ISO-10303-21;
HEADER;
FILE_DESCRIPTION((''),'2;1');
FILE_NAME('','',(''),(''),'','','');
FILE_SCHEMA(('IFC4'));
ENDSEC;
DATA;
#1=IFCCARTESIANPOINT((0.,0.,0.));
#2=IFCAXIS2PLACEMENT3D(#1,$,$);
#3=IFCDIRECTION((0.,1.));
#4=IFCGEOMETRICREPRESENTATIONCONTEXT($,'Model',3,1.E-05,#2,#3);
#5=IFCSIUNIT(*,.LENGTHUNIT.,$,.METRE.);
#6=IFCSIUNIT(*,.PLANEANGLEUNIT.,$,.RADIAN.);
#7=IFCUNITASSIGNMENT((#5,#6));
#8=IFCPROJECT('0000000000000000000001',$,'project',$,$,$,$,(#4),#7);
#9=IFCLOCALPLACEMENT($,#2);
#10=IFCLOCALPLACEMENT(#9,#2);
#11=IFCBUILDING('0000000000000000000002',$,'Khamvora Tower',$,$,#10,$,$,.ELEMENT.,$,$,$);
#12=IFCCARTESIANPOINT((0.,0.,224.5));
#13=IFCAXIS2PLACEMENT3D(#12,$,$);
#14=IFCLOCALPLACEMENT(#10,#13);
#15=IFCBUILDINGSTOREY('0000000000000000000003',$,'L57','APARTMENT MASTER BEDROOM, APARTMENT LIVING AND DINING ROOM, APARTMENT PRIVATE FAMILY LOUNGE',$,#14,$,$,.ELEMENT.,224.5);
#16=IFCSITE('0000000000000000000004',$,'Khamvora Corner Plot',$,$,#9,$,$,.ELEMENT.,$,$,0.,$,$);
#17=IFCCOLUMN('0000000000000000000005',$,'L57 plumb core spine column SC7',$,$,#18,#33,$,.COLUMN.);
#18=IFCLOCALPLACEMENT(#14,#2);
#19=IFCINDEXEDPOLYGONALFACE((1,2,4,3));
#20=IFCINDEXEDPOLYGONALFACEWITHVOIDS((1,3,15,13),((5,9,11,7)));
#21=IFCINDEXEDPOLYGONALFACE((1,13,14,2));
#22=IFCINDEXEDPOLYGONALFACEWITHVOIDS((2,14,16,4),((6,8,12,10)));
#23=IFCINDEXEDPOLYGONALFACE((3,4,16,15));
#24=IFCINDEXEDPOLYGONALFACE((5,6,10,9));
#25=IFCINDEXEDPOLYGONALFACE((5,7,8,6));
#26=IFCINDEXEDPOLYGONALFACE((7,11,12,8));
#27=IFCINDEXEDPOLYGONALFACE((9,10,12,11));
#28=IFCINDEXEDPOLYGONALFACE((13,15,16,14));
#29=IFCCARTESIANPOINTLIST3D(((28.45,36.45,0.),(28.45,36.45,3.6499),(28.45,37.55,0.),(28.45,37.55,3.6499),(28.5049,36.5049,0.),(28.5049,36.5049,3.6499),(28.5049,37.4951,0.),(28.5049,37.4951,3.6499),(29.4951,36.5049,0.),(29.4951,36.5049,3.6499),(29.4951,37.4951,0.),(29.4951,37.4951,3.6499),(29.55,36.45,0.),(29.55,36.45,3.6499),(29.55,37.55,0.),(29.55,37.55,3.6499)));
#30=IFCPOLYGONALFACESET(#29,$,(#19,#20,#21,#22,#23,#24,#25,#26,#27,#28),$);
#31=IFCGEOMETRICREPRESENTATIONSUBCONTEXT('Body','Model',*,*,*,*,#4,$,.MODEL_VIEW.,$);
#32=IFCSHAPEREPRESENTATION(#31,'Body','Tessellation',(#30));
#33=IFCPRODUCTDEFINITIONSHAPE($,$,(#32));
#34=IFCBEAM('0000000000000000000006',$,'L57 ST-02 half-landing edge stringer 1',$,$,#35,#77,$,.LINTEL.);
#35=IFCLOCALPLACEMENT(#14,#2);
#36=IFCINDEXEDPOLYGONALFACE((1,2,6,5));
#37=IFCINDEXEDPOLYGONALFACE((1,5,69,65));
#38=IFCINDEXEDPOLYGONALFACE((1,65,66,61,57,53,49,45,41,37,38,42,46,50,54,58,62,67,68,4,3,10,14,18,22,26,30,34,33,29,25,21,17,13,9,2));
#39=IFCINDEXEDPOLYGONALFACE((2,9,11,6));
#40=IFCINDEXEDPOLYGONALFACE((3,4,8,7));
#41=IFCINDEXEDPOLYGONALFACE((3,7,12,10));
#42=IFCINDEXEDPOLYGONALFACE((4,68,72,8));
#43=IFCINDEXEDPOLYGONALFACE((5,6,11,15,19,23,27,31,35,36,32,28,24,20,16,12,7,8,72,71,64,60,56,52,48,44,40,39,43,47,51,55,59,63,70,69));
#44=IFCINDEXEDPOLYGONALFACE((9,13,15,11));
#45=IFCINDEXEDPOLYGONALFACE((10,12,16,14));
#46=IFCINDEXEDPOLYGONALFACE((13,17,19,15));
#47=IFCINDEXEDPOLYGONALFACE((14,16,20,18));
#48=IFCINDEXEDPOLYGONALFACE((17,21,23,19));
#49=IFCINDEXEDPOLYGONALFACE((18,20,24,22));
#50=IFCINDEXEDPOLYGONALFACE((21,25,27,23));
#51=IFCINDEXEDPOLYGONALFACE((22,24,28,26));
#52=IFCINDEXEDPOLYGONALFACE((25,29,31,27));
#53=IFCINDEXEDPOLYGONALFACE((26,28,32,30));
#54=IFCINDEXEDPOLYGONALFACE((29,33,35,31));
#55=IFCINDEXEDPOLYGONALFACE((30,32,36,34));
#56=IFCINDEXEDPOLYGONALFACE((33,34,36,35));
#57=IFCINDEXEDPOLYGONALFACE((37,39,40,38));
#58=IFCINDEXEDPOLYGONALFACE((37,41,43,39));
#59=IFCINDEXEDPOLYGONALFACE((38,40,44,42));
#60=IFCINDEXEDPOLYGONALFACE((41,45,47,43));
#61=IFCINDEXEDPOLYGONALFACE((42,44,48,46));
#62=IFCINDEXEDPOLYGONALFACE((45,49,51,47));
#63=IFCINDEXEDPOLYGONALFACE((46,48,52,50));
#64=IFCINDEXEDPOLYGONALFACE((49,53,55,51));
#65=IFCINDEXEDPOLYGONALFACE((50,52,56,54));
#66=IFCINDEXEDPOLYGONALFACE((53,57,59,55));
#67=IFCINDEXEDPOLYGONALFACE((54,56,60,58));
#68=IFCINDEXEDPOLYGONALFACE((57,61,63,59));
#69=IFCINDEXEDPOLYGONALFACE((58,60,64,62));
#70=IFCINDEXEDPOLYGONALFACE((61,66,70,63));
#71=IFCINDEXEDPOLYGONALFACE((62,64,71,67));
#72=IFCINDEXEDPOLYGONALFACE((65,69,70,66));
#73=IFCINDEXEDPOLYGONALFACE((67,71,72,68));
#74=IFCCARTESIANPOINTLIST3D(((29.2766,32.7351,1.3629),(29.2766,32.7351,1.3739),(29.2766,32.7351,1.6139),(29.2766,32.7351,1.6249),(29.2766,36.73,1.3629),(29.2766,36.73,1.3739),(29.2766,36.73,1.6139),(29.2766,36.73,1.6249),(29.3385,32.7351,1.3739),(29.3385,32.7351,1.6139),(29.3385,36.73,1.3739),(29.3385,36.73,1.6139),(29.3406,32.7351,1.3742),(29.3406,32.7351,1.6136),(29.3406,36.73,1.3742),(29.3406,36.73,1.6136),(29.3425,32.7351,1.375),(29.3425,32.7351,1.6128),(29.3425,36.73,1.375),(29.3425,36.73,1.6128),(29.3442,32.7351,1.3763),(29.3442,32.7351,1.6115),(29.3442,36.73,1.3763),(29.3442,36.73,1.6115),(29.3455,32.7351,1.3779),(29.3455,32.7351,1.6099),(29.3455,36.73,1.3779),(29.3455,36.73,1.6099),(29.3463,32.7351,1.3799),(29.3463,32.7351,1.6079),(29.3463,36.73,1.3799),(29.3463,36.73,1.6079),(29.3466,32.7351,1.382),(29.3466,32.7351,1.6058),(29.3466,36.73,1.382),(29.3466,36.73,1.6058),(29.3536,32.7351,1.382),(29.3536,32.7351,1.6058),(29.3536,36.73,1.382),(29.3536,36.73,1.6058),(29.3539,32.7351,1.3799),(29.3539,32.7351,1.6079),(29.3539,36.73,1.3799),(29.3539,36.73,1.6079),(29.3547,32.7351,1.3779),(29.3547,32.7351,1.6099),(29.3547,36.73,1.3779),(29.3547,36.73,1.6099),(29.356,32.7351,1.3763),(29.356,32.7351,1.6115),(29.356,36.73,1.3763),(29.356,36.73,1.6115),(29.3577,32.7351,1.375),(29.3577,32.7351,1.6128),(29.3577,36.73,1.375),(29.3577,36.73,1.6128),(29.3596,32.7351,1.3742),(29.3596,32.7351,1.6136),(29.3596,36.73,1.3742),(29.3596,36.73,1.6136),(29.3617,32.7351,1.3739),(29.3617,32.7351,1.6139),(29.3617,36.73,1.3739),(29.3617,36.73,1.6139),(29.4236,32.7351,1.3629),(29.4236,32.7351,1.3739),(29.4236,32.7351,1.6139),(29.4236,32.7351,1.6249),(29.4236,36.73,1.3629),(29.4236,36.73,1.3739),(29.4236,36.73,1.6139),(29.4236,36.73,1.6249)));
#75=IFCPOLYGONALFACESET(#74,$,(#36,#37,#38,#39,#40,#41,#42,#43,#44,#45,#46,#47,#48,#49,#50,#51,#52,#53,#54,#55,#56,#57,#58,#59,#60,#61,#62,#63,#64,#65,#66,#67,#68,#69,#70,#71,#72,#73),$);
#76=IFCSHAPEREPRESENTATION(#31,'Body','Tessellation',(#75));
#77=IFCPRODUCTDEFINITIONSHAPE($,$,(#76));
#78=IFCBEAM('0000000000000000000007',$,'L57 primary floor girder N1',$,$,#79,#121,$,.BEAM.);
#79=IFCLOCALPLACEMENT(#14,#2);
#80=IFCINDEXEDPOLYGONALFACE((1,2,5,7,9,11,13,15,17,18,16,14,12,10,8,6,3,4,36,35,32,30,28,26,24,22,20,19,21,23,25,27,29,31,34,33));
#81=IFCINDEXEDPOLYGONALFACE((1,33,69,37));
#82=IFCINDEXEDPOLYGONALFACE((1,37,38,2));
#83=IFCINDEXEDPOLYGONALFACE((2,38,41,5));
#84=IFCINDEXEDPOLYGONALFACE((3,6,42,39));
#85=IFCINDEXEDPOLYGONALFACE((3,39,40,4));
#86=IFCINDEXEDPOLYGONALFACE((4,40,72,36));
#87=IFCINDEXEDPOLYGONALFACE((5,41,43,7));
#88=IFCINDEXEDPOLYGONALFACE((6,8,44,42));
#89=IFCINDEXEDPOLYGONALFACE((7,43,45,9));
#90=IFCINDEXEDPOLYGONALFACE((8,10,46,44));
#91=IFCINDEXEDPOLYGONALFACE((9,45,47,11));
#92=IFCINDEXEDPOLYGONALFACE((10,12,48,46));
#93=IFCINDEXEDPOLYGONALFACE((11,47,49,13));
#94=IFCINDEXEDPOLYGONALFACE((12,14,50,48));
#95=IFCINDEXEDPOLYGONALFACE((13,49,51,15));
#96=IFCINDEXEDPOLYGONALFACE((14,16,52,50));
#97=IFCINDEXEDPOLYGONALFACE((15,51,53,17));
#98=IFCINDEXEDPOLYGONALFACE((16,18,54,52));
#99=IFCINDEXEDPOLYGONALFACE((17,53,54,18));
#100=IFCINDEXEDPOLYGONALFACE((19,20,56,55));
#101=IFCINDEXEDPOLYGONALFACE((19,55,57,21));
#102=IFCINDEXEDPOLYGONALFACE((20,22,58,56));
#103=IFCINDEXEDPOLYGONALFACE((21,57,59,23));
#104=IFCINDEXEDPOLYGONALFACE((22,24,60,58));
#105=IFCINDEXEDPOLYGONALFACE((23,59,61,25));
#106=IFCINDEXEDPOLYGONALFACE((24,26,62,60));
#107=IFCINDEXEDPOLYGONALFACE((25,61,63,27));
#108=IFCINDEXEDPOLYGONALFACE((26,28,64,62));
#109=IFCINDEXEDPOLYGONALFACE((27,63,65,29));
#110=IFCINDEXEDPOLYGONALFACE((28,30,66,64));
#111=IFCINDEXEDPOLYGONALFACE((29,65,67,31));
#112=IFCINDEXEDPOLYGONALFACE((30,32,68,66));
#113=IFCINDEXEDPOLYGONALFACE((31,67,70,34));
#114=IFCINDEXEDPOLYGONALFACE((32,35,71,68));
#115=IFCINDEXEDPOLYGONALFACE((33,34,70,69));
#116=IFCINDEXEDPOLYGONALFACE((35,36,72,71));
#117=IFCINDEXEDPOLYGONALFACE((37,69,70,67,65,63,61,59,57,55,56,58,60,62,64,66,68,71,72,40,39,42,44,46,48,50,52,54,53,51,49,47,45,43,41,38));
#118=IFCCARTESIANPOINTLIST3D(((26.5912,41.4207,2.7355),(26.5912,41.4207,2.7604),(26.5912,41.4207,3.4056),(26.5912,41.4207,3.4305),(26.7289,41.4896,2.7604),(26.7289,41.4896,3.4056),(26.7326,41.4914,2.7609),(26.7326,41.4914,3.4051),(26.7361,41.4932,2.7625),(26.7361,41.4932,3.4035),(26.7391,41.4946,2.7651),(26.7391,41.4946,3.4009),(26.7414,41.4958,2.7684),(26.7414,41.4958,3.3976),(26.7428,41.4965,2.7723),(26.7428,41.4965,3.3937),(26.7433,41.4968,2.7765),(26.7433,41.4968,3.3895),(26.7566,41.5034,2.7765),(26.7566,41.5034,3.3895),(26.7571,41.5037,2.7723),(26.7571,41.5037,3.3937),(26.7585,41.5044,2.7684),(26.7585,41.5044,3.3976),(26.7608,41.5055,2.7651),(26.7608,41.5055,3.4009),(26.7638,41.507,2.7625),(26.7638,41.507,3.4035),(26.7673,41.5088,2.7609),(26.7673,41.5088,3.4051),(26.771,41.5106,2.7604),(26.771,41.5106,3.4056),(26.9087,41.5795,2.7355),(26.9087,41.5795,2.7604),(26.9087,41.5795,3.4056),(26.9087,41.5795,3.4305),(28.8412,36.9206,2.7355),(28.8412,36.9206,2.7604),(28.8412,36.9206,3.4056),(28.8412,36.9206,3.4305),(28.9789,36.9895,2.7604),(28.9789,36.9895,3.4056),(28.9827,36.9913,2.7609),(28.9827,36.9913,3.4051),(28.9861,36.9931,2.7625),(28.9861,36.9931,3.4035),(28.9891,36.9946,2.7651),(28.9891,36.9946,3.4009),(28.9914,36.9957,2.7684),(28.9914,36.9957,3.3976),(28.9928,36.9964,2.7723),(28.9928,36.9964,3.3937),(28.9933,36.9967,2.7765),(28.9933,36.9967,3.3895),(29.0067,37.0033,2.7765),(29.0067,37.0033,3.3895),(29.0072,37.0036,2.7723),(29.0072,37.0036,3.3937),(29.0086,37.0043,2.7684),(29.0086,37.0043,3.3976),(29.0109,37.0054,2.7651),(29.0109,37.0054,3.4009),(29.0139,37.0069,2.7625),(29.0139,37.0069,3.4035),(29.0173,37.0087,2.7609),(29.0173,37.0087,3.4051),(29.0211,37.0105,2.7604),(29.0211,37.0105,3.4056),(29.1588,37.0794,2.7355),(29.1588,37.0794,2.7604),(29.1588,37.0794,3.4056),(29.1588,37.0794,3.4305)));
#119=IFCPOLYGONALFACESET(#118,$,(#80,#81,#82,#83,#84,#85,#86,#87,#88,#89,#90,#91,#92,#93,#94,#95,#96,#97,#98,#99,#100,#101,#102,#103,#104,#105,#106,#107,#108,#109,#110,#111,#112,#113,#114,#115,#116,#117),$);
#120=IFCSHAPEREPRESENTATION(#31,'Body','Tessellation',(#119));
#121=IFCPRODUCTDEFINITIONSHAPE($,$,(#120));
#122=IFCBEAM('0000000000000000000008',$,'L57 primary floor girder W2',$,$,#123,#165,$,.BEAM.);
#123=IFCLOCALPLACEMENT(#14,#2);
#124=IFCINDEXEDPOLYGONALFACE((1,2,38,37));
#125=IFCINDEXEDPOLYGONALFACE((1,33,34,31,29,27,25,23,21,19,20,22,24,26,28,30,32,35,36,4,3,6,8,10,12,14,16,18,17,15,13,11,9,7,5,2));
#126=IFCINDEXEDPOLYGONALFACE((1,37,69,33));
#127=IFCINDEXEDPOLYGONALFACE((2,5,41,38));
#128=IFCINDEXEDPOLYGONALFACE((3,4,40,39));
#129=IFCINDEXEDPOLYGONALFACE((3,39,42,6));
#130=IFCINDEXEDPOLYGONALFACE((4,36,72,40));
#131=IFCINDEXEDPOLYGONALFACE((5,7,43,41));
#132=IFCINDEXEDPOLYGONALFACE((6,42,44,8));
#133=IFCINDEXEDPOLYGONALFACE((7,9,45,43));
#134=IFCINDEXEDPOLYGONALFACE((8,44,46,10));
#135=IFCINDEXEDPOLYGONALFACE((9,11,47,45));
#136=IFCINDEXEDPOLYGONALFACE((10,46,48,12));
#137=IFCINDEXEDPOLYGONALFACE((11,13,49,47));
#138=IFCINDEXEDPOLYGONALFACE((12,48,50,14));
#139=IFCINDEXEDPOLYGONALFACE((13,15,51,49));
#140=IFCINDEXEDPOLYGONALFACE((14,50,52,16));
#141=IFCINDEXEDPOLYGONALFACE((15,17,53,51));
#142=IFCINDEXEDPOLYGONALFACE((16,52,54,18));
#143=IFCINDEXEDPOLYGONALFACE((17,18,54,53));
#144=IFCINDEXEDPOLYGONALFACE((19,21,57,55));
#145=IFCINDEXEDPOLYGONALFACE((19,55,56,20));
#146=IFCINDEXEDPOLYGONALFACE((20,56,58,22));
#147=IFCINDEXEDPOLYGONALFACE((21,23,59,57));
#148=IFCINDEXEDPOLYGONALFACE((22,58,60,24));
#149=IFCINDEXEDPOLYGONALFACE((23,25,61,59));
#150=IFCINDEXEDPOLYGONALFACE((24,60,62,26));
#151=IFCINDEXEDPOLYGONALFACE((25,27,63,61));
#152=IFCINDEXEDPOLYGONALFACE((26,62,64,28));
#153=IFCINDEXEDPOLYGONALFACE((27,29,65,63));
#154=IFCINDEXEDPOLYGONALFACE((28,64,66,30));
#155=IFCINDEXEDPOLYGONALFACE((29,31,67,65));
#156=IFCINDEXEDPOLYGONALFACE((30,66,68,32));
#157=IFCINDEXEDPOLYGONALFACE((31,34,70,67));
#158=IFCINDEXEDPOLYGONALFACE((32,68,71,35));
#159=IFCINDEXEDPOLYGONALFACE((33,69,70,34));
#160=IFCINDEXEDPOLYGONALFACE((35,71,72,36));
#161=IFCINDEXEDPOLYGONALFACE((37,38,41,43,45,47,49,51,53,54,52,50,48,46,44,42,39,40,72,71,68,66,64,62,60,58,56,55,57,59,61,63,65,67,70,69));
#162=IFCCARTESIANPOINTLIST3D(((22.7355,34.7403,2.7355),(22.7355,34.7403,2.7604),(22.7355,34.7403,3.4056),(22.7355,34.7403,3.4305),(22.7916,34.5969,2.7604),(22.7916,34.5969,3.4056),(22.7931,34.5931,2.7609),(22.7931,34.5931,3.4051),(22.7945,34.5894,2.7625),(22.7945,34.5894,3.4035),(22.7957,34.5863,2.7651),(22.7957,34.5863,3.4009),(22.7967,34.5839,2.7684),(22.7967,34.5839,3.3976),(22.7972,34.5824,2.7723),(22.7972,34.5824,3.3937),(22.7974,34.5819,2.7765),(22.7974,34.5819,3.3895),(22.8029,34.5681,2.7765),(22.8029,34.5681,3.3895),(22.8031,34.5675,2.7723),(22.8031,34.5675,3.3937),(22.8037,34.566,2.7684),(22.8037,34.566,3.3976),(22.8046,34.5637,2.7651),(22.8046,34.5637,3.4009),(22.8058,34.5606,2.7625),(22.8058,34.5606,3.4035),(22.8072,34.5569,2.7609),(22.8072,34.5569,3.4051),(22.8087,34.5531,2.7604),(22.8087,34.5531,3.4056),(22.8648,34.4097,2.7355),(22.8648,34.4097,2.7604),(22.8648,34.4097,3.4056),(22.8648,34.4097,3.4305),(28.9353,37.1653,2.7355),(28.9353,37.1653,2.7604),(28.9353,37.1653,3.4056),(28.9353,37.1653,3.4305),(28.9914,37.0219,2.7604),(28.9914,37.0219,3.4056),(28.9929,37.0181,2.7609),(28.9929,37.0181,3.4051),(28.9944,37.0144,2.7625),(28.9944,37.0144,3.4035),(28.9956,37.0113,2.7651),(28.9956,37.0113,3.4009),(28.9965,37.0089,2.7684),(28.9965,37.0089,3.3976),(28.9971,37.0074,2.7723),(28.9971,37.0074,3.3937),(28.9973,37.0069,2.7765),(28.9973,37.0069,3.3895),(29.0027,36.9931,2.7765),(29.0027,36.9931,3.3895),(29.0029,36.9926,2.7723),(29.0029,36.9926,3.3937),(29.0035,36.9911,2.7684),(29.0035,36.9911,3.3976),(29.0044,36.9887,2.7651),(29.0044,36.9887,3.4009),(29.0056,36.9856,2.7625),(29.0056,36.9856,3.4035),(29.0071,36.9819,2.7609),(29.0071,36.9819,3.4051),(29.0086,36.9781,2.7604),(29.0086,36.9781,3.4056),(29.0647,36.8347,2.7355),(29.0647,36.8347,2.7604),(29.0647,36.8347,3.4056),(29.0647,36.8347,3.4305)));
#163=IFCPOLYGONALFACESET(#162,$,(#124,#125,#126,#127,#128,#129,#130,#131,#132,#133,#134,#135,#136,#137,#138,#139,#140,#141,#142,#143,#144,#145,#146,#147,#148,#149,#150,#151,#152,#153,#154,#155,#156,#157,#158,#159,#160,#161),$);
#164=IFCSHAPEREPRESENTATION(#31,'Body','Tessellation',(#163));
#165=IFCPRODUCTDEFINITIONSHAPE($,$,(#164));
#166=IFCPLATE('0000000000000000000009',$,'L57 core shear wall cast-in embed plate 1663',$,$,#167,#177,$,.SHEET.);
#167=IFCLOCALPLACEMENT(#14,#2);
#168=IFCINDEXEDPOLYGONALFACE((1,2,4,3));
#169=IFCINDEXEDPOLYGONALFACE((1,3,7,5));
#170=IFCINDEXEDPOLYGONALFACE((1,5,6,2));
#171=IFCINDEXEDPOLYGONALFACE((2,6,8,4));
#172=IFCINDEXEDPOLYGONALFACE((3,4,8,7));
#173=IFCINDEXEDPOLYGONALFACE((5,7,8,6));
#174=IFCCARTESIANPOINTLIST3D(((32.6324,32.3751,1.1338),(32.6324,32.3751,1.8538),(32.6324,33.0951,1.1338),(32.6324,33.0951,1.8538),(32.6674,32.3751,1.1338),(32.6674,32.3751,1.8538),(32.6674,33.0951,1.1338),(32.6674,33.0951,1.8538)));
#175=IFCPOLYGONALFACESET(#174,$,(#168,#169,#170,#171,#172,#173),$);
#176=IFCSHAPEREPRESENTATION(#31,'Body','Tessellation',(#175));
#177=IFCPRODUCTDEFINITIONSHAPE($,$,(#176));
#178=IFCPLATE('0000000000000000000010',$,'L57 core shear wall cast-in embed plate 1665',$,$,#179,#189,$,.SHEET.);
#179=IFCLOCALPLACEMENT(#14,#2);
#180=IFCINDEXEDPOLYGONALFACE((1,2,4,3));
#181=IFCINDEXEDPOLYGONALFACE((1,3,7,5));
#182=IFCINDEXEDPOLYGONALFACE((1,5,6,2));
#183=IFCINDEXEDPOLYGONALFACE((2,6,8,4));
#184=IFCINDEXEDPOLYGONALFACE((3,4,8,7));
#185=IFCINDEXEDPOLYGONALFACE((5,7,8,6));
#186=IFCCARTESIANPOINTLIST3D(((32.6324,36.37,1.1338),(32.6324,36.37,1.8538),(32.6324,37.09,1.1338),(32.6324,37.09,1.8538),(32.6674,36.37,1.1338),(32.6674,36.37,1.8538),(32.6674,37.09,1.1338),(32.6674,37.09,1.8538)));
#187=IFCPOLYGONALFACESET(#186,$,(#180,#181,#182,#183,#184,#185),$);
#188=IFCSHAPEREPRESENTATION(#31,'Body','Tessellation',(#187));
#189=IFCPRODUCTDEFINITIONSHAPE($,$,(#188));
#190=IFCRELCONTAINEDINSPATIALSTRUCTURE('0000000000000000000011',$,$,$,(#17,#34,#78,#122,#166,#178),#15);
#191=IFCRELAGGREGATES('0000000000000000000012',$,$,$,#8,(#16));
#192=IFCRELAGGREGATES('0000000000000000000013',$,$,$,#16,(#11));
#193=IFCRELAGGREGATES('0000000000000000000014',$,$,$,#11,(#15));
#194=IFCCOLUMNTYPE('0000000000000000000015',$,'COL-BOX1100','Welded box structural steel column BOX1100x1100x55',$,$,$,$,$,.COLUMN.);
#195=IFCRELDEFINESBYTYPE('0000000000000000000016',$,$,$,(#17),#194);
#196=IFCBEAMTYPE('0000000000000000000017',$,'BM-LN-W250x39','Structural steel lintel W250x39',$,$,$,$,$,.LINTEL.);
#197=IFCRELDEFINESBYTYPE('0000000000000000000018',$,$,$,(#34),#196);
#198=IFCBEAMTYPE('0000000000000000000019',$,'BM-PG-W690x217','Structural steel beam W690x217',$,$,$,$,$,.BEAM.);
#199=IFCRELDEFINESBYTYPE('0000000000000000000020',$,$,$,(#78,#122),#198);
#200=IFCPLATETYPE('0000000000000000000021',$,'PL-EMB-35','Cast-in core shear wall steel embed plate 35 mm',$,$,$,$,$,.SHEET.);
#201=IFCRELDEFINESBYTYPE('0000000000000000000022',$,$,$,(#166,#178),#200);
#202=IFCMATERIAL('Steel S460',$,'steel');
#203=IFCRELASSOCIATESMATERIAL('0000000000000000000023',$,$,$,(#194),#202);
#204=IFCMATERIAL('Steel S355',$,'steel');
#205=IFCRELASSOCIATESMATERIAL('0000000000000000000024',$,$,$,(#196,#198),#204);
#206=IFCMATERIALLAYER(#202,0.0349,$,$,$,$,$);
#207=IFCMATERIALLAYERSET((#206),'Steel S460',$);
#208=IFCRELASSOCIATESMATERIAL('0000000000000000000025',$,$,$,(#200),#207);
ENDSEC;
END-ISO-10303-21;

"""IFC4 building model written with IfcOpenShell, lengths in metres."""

from ifc_helpers import new_model, si_unit, direction, frame, origin, origin_2d, place, context, subcontext, project, spatial, rectangle, hollow_rectangle, i_section, extrude, material, layer, layer_set, material_profile, profile_set, type_object, element, save


model = new_model("IFC4")

# Units and contexts
model_context = context("Model", 3, precision=1e-05, world=origin(), true_north=direction((0.0, 1.0)))
body_context = subcontext(model_context, "Body", "Model", "MODEL_VIEW")
ifc_project = project(units=[si_unit("LENGTHUNIT", "METRE"), si_unit("PLANEANGLEUNIT", "RADIAN")], contexts=[model_context])

# Site, building, storey
site_placement = place(None, origin())
site = spatial("IfcSite", under=ifc_project, at=site_placement, Name="Khamvora Corner Plot", CompositionType="ELEMENT", RefElevation=0.0)
building_placement = place(site_placement, origin())
building = spatial("IfcBuilding", under=site, at=building_placement, Name="Khamvora Tower", CompositionType="ELEMENT")
storey_placement = place(building_placement, frame((0.0, 0.0, 224.5)))
storey = spatial("IfcBuildingStorey", under=building, at=storey_placement, Name="L57", Description="APARTMENT MASTER BEDROOM, APARTMENT LIVING AND DINING ROOM, APARTMENT PRIVATE FAMILY LOUNGE", CompositionType="ELEMENT", Elevation=224.5)

# Column
ifc_material_1 = material(Name="Steel S460", Category="steel")
ifc_material_profile_1 = material_profile(ifc_material_1, hollow_rectangle(XDim=1.1001, YDim=1.1001, WallThickness=0.0549, at=origin_2d()), Name="BOX1100x1100x55")
ifc_profile_set_1 = profile_set([ifc_material_profile_1], Name="Steel S460")
column_type = type_object("IfcColumnType", Name="COL-BOX1100", Description="Welded box structural steel column BOX1100x1100x55", PredefinedType="COLUMN", material=ifc_profile_set_1)
column_placement = place(storey_placement, frame((29.0, 37.0, 0.0), z_axis=(0.0, 0.0, 1.0), x_axis=(1.0, 0.0, 0.0)))
element("IfcColumn", 1, at=column_placement, inside=storey, type_object=column_type, Name="L57 plumb core spine column SC7", PredefinedType="COLUMN", context=body_context, shape_type="SweptSolid", body=[
    extrude(hollow_rectangle(XDim=1.1001, YDim=1.1001, WallThickness=0.0549, at=origin_2d()), origin(), (0.0, 0.0, 1.0), 3.6499),
])

# Beams
ifc_material_2 = material(Name="Steel S355", Category="steel")
ifc_material_profile_2 = material_profile(ifc_material_2, i_section(OverallWidth=0.147, OverallDepth=0.262, WebThickness=0.0071, FlangeThickness=0.011, FilletRadius=0.0081, at=origin_2d()), Name="W250x39")
ifc_profile_set_2 = profile_set([ifc_material_profile_2], Name="Steel S355")
beam_type_1 = type_object("IfcBeamType", Name="BM-LN-W250x39", Description="Structural steel lintel W250x39", PredefinedType="LINTEL", material=ifc_profile_set_2)
beam_1_placement = place(storey_placement, frame((29.3501, 32.7351, 1.4939), z_axis=(0.0, 1.0, 0.0), x_axis=(-1.0, 0.0, 0.0)))
element("IfcBeam", 2, at=beam_1_placement, inside=storey, type_object=beam_type_1, Name="L57 ST-02 half-landing edge stringer 1", PredefinedType="LINTEL", context=body_context, shape_type="SweptSolid", body=[
    extrude(i_section(OverallWidth=0.147, OverallDepth=0.262, WebThickness=0.0071, FlangeThickness=0.011, FilletRadius=0.0081, at=origin_2d()), origin(), (0.0, 0.0, 1.0), 3.9949),
])
ifc_material_profile_3 = material_profile(ifc_material_2, i_section(OverallWidth=0.355, OverallDepth=0.6951, WebThickness=0.0149, FlangeThickness=0.0249, FilletRadius=0.0161, at=origin_2d()), Name="W690x217")
ifc_profile_set_3 = profile_set([ifc_material_profile_3], Name="Steel S355")
beam_type_2 = type_object("IfcBeamType", Name="BM-PG-W690x217", Description="Structural steel beam W690x217", PredefinedType="BEAM", material=ifc_profile_set_3)
beam_2_placement = place(storey_placement, frame((29.0, 37.0, 3.083), z_axis=(-0.447214, 0.894427, 0.0), x_axis=(-0.894427, -0.447214, 0.0)))
element("IfcBeam", 3, at=beam_2_placement, inside=storey, type_object=beam_type_2, Name="L57 primary floor girder N1", PredefinedType="BEAM", context=body_context, shape_type="SweptSolid", body=[
    extrude(i_section(OverallWidth=0.355, OverallDepth=0.6951, WebThickness=0.0149, FlangeThickness=0.0249, FilletRadius=0.0161, at=origin_2d()), origin(), (0.0, 0.0, 1.0), 5.0312),
])
beam_3_placement = place(storey_placement, frame((29.0, 37.0, 3.083), z_axis=(-0.931295, -0.364267, 0.0), x_axis=(0.364267, -0.931295, 0.0)))
element("IfcBeam", 4, at=beam_3_placement, inside=storey, type_object=beam_type_2, Name="L57 primary floor girder W2", PredefinedType="BEAM", context=body_context, shape_type="SweptSolid", body=[
    extrude(i_section(OverallWidth=0.355, OverallDepth=0.6951, WebThickness=0.0149, FlangeThickness=0.0249, FilletRadius=0.0161, at=origin_2d()), origin(), (0.0, 0.0, 1.0), 6.6572),
])

# Plates
ifc_layer_1 = layer(ifc_material_1, 0.0349)
ifc_layer_set_1 = layer_set([ifc_layer_1], Name="Steel S460")
plate_type = type_object("IfcPlateType", Name="PL-EMB-35", Description="Cast-in core shear wall steel embed plate 35 mm", PredefinedType="SHEET", material=ifc_layer_set_1)
for number, where, z_axis, x_axis, name in (
    (5, (32.6499, 32.7351, 1.1338), (0.0, 0.0, 1.0), (1.0, 0.0, 0.0), "L57 core shear wall cast-in embed plate 1663"),
    (6, (32.6499, 36.73, 1.1338), (0.0, 0.0, 1.0), (1.0, 0.0, 0.0), "L57 core shear wall cast-in embed plate 1665"),
):
    element("IfcPlate", number, at=place(storey_placement, frame(where, z_axis=z_axis, x_axis=x_axis)), inside=storey, type_object=plate_type, Name=name, PredefinedType="SHEET", context=body_context, shape_type="SweptSolid", body=[
        extrude(rectangle(XDim=0.0349, YDim=0.72, at=origin_2d()), origin(), (0.0, 0.0, 1.0), 0.72),
    ])

save(model, "model.ifc")
